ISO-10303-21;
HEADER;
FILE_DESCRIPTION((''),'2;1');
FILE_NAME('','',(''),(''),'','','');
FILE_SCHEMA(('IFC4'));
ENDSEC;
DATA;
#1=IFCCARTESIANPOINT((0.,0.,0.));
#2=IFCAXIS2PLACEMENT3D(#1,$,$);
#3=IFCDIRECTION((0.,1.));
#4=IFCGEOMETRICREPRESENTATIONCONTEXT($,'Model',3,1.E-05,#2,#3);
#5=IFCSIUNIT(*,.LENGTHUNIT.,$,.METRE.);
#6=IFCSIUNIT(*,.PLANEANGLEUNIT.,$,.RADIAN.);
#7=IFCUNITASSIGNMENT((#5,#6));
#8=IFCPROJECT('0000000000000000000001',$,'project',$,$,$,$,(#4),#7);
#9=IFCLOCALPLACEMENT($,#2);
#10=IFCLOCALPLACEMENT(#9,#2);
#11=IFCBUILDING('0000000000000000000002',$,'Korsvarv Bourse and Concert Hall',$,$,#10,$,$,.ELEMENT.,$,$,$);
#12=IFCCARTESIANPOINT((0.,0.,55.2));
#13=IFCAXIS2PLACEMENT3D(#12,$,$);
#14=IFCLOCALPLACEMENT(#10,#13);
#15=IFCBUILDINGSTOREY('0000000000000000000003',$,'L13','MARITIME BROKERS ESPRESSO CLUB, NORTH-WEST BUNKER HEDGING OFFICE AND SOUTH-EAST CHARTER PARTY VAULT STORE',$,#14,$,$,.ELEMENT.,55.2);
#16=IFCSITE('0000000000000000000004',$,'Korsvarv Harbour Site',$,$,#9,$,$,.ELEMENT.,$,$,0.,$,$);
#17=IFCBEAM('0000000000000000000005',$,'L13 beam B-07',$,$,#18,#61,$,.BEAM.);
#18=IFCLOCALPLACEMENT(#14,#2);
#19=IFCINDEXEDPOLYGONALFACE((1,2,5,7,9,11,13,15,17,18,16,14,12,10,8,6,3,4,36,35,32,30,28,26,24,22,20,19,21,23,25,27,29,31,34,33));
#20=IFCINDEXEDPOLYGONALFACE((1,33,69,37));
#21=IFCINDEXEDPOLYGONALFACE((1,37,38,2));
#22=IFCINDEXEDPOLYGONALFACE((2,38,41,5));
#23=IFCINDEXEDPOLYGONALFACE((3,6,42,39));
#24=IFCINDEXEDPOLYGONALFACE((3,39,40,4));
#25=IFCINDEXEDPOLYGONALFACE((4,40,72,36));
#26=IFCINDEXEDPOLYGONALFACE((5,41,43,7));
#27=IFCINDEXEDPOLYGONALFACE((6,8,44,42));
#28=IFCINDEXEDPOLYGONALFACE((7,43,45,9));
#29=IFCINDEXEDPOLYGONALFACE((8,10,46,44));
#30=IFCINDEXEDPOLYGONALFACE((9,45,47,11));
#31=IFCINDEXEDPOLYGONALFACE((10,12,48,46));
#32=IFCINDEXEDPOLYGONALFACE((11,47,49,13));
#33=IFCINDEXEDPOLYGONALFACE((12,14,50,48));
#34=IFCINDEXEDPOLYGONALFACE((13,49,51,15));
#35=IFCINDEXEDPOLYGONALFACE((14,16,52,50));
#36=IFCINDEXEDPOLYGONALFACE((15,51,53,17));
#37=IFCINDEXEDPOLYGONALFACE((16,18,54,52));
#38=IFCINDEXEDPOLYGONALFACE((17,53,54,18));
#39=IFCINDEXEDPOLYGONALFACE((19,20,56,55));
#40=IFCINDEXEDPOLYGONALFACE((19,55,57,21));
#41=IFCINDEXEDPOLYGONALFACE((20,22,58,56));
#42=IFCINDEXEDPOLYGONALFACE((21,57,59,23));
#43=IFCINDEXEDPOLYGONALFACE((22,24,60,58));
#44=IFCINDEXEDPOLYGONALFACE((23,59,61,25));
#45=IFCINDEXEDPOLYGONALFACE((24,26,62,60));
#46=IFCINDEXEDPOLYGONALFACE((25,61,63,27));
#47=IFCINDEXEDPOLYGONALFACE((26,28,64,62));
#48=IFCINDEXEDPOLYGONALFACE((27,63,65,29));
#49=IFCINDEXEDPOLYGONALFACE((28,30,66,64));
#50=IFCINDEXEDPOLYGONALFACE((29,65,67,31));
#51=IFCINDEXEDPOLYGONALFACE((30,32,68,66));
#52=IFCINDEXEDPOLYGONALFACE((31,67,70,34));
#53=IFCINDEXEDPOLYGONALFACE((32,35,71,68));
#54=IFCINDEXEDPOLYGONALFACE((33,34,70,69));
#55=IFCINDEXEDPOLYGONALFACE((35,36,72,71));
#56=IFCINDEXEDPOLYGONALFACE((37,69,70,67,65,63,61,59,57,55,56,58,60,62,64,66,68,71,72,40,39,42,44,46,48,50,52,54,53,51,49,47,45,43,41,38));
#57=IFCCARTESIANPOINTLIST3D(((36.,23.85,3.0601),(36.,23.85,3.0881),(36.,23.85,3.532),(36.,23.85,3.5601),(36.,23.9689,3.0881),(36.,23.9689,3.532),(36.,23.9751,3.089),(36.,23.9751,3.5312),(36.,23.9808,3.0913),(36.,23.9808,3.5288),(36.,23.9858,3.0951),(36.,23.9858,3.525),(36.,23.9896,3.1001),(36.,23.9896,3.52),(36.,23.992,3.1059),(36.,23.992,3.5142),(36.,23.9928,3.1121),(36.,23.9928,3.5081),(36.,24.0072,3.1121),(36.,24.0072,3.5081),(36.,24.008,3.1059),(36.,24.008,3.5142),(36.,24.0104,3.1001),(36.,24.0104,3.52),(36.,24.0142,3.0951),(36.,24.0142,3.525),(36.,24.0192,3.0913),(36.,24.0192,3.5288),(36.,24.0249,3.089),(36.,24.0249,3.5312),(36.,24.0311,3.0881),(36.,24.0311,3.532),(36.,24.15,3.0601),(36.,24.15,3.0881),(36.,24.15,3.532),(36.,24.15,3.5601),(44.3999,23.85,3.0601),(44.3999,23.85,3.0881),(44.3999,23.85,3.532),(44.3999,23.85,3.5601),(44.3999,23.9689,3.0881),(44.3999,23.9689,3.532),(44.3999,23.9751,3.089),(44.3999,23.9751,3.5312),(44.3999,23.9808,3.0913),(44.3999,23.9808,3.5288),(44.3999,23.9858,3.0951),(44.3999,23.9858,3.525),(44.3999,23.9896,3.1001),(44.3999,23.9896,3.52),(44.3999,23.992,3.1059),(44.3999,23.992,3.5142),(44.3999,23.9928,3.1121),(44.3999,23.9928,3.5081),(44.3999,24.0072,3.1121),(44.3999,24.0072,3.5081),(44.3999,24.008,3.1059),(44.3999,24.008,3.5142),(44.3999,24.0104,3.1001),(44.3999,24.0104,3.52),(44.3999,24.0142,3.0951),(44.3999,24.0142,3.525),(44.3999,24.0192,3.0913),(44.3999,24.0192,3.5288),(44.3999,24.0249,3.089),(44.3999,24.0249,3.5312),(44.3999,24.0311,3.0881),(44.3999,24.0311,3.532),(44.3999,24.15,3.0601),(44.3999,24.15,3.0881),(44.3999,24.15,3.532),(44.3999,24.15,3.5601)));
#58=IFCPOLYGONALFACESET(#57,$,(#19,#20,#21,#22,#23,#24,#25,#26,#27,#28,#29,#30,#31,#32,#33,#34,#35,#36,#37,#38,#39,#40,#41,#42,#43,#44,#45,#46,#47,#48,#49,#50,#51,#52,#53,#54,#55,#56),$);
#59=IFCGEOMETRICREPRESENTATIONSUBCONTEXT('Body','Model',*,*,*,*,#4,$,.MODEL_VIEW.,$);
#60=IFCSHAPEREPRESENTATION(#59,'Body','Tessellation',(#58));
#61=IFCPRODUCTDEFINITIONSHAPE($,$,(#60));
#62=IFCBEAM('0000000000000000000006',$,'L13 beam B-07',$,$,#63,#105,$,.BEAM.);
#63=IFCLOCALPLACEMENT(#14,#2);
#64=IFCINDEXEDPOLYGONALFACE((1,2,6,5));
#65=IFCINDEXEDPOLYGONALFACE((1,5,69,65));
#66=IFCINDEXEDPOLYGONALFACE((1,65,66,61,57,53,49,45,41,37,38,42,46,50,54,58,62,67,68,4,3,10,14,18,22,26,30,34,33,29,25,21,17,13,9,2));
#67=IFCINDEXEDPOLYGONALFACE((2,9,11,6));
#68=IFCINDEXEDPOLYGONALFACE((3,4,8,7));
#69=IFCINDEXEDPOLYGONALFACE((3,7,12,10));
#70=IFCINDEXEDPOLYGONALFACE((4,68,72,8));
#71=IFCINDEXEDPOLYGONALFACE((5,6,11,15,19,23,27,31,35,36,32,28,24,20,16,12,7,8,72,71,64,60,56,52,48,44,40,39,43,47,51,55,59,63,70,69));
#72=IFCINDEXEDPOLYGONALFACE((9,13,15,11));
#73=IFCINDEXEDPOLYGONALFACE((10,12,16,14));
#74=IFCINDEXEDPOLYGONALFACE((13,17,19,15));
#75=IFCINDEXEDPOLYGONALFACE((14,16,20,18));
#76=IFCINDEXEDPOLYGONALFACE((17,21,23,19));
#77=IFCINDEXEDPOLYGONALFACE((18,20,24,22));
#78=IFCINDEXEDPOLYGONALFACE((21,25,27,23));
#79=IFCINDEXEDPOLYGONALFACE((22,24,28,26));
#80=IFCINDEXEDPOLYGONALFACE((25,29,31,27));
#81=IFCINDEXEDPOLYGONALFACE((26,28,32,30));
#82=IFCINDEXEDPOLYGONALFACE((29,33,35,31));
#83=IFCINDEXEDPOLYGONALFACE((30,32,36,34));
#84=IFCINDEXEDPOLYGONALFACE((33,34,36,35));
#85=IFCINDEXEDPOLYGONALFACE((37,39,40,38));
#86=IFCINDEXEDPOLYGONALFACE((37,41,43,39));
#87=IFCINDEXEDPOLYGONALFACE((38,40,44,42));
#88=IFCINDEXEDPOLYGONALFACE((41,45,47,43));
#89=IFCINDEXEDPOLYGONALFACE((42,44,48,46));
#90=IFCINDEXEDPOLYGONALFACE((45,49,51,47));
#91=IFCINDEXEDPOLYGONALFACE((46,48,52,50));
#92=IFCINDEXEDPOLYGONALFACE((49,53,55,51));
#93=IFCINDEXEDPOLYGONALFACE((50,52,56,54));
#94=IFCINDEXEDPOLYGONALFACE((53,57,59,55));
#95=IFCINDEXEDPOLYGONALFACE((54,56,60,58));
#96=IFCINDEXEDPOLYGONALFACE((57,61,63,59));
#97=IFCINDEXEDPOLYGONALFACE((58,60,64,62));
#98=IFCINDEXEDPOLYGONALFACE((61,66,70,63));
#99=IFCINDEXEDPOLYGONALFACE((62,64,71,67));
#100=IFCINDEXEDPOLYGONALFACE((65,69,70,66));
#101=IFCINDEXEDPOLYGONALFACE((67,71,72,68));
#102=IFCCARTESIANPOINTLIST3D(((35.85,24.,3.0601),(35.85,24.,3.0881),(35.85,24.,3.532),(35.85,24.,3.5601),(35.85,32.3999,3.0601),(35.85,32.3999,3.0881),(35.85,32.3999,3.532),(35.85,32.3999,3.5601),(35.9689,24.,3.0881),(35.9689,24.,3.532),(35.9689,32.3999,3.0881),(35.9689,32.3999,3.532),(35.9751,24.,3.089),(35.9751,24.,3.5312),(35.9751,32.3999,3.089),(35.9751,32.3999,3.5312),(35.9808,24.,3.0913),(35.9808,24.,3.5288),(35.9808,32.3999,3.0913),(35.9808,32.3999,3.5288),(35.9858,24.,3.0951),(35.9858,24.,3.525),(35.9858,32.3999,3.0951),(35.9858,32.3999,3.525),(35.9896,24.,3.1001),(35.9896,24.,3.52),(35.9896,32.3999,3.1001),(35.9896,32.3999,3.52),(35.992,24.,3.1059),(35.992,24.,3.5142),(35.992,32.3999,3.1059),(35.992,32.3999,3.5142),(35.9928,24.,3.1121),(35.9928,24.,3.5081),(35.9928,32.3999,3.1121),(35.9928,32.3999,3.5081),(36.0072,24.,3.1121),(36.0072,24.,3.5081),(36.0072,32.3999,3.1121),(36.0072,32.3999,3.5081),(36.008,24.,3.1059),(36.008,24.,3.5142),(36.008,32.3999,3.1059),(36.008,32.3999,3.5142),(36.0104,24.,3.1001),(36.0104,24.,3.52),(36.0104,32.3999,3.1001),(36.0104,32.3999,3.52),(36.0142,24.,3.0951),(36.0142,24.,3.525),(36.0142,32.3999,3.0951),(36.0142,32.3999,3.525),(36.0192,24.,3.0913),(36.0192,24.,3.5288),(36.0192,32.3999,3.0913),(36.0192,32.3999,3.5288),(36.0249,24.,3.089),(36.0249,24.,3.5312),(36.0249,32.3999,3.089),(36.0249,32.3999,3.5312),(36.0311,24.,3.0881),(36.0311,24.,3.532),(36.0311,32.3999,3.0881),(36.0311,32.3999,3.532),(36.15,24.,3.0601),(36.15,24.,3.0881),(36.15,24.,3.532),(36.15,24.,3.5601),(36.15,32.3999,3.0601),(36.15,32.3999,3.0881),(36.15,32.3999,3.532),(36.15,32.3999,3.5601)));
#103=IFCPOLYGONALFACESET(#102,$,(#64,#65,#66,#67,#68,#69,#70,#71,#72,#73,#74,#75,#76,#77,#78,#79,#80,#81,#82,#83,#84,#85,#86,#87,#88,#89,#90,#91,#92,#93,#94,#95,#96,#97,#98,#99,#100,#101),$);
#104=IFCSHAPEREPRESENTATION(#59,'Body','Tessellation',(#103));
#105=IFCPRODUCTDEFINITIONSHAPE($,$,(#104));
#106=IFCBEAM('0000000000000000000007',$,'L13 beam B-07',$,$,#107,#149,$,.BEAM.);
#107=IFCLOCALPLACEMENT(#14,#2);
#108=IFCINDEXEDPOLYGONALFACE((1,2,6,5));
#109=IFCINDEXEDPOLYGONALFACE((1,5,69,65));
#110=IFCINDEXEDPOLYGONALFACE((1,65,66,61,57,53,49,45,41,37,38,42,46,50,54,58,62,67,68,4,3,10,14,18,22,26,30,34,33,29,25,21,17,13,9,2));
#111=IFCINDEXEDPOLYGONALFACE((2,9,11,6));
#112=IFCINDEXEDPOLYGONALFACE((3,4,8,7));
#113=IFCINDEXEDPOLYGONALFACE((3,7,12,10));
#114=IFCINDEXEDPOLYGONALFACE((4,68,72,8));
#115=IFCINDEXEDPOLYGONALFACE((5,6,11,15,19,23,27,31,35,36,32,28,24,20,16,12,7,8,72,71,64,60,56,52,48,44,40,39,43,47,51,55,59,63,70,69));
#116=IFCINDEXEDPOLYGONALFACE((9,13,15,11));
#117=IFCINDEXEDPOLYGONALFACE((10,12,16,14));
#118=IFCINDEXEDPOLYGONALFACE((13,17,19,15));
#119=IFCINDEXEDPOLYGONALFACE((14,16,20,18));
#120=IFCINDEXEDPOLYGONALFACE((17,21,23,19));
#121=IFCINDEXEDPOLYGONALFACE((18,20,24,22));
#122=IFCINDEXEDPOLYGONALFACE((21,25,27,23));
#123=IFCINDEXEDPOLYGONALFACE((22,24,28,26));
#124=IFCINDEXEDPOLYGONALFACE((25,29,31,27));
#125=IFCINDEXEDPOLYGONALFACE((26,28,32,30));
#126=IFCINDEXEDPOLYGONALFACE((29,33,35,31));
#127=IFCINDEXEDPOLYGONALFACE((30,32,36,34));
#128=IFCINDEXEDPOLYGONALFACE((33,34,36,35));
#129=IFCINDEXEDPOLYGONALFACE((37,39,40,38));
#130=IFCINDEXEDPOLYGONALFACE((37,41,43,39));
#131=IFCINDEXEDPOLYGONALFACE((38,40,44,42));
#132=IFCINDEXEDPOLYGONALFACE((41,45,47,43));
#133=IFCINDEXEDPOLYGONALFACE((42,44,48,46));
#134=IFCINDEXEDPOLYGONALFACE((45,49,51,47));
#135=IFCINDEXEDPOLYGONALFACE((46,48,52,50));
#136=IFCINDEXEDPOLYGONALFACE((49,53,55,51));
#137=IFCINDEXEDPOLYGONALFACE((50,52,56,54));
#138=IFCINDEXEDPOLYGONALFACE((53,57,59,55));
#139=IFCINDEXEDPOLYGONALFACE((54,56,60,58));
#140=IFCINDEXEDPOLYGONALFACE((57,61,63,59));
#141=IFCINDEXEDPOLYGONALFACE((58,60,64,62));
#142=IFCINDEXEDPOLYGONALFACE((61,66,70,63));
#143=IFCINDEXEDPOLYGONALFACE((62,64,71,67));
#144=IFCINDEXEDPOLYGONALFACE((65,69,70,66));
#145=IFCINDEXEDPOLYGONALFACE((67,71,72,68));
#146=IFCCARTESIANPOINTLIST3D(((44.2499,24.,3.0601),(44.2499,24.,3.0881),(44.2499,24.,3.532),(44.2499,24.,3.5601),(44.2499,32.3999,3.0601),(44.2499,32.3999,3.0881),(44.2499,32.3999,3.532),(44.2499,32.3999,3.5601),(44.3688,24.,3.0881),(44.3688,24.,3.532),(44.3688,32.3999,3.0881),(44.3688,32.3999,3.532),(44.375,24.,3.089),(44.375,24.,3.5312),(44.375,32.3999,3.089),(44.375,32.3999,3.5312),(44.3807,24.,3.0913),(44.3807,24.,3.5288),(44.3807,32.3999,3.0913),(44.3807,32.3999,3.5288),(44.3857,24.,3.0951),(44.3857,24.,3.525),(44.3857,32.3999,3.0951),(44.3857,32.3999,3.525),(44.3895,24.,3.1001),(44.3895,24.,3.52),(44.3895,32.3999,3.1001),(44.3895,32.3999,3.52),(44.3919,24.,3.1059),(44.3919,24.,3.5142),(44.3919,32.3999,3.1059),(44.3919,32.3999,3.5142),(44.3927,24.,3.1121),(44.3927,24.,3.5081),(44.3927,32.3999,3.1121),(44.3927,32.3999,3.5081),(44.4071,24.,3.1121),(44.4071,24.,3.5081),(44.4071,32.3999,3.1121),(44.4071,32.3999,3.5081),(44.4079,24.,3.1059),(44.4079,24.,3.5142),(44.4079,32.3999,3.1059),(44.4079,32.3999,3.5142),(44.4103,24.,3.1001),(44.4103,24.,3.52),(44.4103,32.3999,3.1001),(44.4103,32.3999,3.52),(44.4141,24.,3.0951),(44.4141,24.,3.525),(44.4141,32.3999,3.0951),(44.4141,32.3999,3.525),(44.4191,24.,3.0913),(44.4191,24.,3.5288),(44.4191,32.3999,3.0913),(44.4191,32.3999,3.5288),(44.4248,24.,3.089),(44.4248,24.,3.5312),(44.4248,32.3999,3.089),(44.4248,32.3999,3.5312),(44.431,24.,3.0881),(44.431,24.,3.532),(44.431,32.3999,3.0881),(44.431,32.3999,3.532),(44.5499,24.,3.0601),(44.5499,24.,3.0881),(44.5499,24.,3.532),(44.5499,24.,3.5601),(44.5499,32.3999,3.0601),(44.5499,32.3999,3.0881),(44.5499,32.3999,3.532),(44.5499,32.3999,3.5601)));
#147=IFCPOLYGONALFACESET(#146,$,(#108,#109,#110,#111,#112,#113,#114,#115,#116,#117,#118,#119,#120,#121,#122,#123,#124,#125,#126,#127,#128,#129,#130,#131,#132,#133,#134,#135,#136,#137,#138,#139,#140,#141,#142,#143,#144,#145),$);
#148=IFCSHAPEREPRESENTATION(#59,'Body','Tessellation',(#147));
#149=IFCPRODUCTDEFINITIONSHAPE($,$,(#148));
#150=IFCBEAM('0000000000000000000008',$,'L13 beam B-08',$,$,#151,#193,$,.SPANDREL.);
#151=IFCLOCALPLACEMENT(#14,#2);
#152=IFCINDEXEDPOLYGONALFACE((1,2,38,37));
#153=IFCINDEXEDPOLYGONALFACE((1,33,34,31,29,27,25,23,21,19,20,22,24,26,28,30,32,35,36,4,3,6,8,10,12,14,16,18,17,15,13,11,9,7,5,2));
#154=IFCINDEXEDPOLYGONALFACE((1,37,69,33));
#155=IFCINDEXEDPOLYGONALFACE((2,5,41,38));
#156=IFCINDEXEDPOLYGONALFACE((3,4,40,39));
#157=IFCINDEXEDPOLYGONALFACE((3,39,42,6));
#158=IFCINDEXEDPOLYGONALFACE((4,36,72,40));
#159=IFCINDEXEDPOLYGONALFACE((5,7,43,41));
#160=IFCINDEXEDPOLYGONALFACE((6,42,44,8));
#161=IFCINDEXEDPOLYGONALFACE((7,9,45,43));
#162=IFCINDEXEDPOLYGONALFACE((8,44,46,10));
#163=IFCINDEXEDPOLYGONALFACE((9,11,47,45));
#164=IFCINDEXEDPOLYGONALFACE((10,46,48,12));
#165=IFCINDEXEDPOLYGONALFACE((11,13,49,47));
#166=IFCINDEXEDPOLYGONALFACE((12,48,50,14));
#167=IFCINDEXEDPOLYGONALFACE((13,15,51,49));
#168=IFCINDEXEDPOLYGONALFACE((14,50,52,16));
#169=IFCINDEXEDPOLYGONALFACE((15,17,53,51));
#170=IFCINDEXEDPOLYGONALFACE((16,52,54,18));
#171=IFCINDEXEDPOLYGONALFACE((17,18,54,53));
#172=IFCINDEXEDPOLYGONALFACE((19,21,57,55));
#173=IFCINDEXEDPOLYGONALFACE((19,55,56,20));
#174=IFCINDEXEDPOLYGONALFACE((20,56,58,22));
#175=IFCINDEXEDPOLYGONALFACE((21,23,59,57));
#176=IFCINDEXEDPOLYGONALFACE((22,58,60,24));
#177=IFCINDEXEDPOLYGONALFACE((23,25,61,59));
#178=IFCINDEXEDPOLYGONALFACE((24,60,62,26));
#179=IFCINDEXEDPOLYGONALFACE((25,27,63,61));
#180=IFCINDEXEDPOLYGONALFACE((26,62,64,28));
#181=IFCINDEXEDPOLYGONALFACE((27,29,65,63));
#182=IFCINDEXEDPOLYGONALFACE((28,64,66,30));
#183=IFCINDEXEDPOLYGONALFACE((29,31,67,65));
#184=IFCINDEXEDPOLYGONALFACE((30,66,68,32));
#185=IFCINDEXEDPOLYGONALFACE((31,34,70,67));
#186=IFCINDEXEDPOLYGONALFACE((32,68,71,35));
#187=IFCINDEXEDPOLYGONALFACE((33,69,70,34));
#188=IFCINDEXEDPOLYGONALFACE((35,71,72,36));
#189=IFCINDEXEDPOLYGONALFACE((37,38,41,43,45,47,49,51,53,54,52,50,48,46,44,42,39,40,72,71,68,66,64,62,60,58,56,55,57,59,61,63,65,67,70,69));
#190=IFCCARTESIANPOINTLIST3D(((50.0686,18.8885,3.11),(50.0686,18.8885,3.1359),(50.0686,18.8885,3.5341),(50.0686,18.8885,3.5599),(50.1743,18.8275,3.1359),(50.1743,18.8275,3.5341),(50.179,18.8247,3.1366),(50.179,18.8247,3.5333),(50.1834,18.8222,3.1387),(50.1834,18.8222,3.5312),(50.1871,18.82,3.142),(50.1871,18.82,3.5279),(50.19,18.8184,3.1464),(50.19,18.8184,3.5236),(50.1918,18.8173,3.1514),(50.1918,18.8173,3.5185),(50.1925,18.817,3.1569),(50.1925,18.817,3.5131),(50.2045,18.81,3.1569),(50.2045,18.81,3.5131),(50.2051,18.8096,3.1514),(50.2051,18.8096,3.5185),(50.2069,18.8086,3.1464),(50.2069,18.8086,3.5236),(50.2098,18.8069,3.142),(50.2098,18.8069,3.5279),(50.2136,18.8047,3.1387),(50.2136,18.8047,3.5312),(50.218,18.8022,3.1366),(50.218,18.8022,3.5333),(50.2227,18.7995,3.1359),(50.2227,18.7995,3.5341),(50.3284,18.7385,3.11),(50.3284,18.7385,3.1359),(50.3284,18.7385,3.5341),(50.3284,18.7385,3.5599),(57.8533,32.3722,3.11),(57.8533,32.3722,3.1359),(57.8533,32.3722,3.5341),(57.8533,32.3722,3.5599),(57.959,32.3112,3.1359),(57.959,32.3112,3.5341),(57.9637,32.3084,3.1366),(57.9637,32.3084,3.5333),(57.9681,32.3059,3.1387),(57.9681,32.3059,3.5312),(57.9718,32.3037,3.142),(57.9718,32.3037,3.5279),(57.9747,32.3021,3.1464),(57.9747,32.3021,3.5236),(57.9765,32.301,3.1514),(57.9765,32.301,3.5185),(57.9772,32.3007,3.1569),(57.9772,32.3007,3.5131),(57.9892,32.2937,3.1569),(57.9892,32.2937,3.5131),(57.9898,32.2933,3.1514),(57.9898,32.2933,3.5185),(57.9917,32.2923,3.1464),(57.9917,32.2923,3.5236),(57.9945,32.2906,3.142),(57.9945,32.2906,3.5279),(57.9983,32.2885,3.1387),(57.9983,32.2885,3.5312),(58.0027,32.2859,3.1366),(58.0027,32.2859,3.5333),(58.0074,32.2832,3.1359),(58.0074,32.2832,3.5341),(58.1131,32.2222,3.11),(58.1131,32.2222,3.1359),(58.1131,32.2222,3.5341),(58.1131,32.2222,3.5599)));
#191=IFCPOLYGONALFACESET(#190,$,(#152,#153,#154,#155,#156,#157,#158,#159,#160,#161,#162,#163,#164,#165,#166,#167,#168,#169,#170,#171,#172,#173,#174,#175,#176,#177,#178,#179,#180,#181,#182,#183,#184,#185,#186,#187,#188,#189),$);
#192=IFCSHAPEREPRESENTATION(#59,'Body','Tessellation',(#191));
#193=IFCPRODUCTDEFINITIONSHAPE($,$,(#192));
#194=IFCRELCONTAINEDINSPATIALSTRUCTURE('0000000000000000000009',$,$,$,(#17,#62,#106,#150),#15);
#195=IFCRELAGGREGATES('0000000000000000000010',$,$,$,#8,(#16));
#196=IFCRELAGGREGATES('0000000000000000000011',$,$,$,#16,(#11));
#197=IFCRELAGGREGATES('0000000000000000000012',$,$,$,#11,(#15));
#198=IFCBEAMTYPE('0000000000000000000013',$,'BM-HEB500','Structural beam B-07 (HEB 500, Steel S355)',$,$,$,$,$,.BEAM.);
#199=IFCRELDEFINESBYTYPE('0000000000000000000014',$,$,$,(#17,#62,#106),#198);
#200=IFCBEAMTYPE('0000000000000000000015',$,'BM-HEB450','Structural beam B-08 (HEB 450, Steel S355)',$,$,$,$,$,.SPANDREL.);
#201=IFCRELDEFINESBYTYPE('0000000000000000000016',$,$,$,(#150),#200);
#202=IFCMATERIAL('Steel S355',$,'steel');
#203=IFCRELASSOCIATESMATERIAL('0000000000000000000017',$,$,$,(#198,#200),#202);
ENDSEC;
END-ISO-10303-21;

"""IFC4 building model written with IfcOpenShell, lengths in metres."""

from ifc_helpers import new_model, si_unit, direction, frame, origin, origin_2d, place, context, subcontext, project, spatial, i_section, extrude, source, transform, mapped, material, material_profile, profile_set, type_object, element, save


model = new_model("IFC4")

# Units and contexts
model_context = context("Model", 3, precision=1e-05, world=origin(), true_north=direction((0.0, 1.0)))
body_context = subcontext(model_context, "Body", "Model", "MODEL_VIEW")
ifc_project = project(units=[si_unit("LENGTHUNIT", "METRE"), si_unit("PLANEANGLEUNIT", "RADIAN")], contexts=[model_context])

# Site, building, storey
site_placement = place(None, origin())
site = spatial("IfcSite", under=ifc_project, at=site_placement, Name="Korsvarv Harbour Site", CompositionType="ELEMENT", RefElevation=0.0)
building_placement = place(site_placement, origin())
building = spatial("IfcBuilding", under=site, at=building_placement, Name="Korsvarv Bourse and Concert Hall", CompositionType="ELEMENT")
storey_placement = place(building_placement, frame((0.0, 0.0, 55.2)))
storey = spatial("IfcBuildingStorey", under=building, at=storey_placement, Name="L13", Description="MARITIME BROKERS ESPRESSO CLUB, NORTH-WEST BUNKER HEDGING OFFICE AND SOUTH-EAST CHARTER PARTY VAULT STORE", CompositionType="ELEMENT", Elevation=55.2)

# Beams
ifc_material_1 = material(Name="Steel S355", Category="steel")
ifc_material_profile_1 = material_profile(ifc_material_1, i_section(OverallWidth=0.3, OverallDepth=0.5, WebThickness=0.0144, FlangeThickness=0.0281, FilletRadius=0.0239, at=origin_2d()), Name="HEB 500")
ifc_profile_set_1 = profile_set([ifc_material_profile_1], Name="Steel S355")
beam_type_1 = type_object("IfcBeamType", Name="BM-HEB500", Description="Structural beam B-07 (HEB 500, Steel S355)", PredefinedType="BEAM", material=ifc_profile_set_1)
shared_shape_1 = source(origin(), body_context, "Body", "SweptSolid", [
    extrude(i_section(OverallWidth=0.3, OverallDepth=0.5, WebThickness=0.0144, FlangeThickness=0.0281, FilletRadius=0.0239, at=origin_2d()), origin(), (0.0, 0.0, 1.0), 8.3999),
])
for number, where, z_axis, x_axis, name in (
    (1, (36.0, 24.0, 3.3101), (1.0, 0.0, 0.0), (0.0, 1.0, 0.0), "L13 beam B-07"),
    (2, (36.0, 24.0, 3.3101), (0.0, 1.0, 0.0), (-1.0, 0.0, 0.0), "L13 beam B-07"),
    (3, (44.3999, 24.0, 3.3101), (0.0, 1.0, 0.0), (-1.0, 0.0, 0.0), "L13 beam B-07"),
):
    element("IfcBeam", number, at=place(storey_placement, frame(where, z_axis=z_axis, x_axis=x_axis)), inside=storey, type_object=beam_type_1, Name=name, PredefinedType="BEAM", context=body_context, shape_type="MappedRepresentation", body=[
        mapped(shared_shape_1, transform((0.0, 0.0, 0.0), scale=1.0)),
    ])
ifc_material_profile_2 = material_profile(ifc_material_1, i_section(OverallWidth=0.3, OverallDepth=0.45, WebThickness=0.0139, FlangeThickness=0.0259, FilletRadius=0.021, at=origin_2d()), Name="HEB 450")
ifc_profile_set_2 = profile_set([ifc_material_profile_2], Name="Steel S355")
beam_type_2 = type_object("IfcBeamType", Name="BM-HEB450", Description="Structural beam B-08 (HEB 450, Steel S355)", PredefinedType="SPANDREL", material=ifc_profile_set_2)
shared_shape_2 = source(origin(), body_context, "Body", "SweptSolid", [
    extrude(i_section(OverallWidth=0.3, OverallDepth=0.45, WebThickness=0.0139, FlangeThickness=0.0259, FilletRadius=0.021, at=origin_2d()), origin(), (0.0, 0.0, 1.0), 15.5696),
])
beam_1_placement = place(storey_placement, frame((50.1985, 18.8135, 3.335), z_axis=(0.499994, 0.866029, 0.0), x_axis=(-0.866029, 0.499994, 0.0)))
element("IfcBeam", 4, at=beam_1_placement, inside=storey, type_object=beam_type_2, Name="L13 beam B-08", PredefinedType="SPANDREL", context=body_context, shape_type="MappedRepresentation", body=[
    mapped(shared_shape_2, transform((0.0, 0.0, 0.0), scale=1.0)),
])

save(model, "model.ifc")
